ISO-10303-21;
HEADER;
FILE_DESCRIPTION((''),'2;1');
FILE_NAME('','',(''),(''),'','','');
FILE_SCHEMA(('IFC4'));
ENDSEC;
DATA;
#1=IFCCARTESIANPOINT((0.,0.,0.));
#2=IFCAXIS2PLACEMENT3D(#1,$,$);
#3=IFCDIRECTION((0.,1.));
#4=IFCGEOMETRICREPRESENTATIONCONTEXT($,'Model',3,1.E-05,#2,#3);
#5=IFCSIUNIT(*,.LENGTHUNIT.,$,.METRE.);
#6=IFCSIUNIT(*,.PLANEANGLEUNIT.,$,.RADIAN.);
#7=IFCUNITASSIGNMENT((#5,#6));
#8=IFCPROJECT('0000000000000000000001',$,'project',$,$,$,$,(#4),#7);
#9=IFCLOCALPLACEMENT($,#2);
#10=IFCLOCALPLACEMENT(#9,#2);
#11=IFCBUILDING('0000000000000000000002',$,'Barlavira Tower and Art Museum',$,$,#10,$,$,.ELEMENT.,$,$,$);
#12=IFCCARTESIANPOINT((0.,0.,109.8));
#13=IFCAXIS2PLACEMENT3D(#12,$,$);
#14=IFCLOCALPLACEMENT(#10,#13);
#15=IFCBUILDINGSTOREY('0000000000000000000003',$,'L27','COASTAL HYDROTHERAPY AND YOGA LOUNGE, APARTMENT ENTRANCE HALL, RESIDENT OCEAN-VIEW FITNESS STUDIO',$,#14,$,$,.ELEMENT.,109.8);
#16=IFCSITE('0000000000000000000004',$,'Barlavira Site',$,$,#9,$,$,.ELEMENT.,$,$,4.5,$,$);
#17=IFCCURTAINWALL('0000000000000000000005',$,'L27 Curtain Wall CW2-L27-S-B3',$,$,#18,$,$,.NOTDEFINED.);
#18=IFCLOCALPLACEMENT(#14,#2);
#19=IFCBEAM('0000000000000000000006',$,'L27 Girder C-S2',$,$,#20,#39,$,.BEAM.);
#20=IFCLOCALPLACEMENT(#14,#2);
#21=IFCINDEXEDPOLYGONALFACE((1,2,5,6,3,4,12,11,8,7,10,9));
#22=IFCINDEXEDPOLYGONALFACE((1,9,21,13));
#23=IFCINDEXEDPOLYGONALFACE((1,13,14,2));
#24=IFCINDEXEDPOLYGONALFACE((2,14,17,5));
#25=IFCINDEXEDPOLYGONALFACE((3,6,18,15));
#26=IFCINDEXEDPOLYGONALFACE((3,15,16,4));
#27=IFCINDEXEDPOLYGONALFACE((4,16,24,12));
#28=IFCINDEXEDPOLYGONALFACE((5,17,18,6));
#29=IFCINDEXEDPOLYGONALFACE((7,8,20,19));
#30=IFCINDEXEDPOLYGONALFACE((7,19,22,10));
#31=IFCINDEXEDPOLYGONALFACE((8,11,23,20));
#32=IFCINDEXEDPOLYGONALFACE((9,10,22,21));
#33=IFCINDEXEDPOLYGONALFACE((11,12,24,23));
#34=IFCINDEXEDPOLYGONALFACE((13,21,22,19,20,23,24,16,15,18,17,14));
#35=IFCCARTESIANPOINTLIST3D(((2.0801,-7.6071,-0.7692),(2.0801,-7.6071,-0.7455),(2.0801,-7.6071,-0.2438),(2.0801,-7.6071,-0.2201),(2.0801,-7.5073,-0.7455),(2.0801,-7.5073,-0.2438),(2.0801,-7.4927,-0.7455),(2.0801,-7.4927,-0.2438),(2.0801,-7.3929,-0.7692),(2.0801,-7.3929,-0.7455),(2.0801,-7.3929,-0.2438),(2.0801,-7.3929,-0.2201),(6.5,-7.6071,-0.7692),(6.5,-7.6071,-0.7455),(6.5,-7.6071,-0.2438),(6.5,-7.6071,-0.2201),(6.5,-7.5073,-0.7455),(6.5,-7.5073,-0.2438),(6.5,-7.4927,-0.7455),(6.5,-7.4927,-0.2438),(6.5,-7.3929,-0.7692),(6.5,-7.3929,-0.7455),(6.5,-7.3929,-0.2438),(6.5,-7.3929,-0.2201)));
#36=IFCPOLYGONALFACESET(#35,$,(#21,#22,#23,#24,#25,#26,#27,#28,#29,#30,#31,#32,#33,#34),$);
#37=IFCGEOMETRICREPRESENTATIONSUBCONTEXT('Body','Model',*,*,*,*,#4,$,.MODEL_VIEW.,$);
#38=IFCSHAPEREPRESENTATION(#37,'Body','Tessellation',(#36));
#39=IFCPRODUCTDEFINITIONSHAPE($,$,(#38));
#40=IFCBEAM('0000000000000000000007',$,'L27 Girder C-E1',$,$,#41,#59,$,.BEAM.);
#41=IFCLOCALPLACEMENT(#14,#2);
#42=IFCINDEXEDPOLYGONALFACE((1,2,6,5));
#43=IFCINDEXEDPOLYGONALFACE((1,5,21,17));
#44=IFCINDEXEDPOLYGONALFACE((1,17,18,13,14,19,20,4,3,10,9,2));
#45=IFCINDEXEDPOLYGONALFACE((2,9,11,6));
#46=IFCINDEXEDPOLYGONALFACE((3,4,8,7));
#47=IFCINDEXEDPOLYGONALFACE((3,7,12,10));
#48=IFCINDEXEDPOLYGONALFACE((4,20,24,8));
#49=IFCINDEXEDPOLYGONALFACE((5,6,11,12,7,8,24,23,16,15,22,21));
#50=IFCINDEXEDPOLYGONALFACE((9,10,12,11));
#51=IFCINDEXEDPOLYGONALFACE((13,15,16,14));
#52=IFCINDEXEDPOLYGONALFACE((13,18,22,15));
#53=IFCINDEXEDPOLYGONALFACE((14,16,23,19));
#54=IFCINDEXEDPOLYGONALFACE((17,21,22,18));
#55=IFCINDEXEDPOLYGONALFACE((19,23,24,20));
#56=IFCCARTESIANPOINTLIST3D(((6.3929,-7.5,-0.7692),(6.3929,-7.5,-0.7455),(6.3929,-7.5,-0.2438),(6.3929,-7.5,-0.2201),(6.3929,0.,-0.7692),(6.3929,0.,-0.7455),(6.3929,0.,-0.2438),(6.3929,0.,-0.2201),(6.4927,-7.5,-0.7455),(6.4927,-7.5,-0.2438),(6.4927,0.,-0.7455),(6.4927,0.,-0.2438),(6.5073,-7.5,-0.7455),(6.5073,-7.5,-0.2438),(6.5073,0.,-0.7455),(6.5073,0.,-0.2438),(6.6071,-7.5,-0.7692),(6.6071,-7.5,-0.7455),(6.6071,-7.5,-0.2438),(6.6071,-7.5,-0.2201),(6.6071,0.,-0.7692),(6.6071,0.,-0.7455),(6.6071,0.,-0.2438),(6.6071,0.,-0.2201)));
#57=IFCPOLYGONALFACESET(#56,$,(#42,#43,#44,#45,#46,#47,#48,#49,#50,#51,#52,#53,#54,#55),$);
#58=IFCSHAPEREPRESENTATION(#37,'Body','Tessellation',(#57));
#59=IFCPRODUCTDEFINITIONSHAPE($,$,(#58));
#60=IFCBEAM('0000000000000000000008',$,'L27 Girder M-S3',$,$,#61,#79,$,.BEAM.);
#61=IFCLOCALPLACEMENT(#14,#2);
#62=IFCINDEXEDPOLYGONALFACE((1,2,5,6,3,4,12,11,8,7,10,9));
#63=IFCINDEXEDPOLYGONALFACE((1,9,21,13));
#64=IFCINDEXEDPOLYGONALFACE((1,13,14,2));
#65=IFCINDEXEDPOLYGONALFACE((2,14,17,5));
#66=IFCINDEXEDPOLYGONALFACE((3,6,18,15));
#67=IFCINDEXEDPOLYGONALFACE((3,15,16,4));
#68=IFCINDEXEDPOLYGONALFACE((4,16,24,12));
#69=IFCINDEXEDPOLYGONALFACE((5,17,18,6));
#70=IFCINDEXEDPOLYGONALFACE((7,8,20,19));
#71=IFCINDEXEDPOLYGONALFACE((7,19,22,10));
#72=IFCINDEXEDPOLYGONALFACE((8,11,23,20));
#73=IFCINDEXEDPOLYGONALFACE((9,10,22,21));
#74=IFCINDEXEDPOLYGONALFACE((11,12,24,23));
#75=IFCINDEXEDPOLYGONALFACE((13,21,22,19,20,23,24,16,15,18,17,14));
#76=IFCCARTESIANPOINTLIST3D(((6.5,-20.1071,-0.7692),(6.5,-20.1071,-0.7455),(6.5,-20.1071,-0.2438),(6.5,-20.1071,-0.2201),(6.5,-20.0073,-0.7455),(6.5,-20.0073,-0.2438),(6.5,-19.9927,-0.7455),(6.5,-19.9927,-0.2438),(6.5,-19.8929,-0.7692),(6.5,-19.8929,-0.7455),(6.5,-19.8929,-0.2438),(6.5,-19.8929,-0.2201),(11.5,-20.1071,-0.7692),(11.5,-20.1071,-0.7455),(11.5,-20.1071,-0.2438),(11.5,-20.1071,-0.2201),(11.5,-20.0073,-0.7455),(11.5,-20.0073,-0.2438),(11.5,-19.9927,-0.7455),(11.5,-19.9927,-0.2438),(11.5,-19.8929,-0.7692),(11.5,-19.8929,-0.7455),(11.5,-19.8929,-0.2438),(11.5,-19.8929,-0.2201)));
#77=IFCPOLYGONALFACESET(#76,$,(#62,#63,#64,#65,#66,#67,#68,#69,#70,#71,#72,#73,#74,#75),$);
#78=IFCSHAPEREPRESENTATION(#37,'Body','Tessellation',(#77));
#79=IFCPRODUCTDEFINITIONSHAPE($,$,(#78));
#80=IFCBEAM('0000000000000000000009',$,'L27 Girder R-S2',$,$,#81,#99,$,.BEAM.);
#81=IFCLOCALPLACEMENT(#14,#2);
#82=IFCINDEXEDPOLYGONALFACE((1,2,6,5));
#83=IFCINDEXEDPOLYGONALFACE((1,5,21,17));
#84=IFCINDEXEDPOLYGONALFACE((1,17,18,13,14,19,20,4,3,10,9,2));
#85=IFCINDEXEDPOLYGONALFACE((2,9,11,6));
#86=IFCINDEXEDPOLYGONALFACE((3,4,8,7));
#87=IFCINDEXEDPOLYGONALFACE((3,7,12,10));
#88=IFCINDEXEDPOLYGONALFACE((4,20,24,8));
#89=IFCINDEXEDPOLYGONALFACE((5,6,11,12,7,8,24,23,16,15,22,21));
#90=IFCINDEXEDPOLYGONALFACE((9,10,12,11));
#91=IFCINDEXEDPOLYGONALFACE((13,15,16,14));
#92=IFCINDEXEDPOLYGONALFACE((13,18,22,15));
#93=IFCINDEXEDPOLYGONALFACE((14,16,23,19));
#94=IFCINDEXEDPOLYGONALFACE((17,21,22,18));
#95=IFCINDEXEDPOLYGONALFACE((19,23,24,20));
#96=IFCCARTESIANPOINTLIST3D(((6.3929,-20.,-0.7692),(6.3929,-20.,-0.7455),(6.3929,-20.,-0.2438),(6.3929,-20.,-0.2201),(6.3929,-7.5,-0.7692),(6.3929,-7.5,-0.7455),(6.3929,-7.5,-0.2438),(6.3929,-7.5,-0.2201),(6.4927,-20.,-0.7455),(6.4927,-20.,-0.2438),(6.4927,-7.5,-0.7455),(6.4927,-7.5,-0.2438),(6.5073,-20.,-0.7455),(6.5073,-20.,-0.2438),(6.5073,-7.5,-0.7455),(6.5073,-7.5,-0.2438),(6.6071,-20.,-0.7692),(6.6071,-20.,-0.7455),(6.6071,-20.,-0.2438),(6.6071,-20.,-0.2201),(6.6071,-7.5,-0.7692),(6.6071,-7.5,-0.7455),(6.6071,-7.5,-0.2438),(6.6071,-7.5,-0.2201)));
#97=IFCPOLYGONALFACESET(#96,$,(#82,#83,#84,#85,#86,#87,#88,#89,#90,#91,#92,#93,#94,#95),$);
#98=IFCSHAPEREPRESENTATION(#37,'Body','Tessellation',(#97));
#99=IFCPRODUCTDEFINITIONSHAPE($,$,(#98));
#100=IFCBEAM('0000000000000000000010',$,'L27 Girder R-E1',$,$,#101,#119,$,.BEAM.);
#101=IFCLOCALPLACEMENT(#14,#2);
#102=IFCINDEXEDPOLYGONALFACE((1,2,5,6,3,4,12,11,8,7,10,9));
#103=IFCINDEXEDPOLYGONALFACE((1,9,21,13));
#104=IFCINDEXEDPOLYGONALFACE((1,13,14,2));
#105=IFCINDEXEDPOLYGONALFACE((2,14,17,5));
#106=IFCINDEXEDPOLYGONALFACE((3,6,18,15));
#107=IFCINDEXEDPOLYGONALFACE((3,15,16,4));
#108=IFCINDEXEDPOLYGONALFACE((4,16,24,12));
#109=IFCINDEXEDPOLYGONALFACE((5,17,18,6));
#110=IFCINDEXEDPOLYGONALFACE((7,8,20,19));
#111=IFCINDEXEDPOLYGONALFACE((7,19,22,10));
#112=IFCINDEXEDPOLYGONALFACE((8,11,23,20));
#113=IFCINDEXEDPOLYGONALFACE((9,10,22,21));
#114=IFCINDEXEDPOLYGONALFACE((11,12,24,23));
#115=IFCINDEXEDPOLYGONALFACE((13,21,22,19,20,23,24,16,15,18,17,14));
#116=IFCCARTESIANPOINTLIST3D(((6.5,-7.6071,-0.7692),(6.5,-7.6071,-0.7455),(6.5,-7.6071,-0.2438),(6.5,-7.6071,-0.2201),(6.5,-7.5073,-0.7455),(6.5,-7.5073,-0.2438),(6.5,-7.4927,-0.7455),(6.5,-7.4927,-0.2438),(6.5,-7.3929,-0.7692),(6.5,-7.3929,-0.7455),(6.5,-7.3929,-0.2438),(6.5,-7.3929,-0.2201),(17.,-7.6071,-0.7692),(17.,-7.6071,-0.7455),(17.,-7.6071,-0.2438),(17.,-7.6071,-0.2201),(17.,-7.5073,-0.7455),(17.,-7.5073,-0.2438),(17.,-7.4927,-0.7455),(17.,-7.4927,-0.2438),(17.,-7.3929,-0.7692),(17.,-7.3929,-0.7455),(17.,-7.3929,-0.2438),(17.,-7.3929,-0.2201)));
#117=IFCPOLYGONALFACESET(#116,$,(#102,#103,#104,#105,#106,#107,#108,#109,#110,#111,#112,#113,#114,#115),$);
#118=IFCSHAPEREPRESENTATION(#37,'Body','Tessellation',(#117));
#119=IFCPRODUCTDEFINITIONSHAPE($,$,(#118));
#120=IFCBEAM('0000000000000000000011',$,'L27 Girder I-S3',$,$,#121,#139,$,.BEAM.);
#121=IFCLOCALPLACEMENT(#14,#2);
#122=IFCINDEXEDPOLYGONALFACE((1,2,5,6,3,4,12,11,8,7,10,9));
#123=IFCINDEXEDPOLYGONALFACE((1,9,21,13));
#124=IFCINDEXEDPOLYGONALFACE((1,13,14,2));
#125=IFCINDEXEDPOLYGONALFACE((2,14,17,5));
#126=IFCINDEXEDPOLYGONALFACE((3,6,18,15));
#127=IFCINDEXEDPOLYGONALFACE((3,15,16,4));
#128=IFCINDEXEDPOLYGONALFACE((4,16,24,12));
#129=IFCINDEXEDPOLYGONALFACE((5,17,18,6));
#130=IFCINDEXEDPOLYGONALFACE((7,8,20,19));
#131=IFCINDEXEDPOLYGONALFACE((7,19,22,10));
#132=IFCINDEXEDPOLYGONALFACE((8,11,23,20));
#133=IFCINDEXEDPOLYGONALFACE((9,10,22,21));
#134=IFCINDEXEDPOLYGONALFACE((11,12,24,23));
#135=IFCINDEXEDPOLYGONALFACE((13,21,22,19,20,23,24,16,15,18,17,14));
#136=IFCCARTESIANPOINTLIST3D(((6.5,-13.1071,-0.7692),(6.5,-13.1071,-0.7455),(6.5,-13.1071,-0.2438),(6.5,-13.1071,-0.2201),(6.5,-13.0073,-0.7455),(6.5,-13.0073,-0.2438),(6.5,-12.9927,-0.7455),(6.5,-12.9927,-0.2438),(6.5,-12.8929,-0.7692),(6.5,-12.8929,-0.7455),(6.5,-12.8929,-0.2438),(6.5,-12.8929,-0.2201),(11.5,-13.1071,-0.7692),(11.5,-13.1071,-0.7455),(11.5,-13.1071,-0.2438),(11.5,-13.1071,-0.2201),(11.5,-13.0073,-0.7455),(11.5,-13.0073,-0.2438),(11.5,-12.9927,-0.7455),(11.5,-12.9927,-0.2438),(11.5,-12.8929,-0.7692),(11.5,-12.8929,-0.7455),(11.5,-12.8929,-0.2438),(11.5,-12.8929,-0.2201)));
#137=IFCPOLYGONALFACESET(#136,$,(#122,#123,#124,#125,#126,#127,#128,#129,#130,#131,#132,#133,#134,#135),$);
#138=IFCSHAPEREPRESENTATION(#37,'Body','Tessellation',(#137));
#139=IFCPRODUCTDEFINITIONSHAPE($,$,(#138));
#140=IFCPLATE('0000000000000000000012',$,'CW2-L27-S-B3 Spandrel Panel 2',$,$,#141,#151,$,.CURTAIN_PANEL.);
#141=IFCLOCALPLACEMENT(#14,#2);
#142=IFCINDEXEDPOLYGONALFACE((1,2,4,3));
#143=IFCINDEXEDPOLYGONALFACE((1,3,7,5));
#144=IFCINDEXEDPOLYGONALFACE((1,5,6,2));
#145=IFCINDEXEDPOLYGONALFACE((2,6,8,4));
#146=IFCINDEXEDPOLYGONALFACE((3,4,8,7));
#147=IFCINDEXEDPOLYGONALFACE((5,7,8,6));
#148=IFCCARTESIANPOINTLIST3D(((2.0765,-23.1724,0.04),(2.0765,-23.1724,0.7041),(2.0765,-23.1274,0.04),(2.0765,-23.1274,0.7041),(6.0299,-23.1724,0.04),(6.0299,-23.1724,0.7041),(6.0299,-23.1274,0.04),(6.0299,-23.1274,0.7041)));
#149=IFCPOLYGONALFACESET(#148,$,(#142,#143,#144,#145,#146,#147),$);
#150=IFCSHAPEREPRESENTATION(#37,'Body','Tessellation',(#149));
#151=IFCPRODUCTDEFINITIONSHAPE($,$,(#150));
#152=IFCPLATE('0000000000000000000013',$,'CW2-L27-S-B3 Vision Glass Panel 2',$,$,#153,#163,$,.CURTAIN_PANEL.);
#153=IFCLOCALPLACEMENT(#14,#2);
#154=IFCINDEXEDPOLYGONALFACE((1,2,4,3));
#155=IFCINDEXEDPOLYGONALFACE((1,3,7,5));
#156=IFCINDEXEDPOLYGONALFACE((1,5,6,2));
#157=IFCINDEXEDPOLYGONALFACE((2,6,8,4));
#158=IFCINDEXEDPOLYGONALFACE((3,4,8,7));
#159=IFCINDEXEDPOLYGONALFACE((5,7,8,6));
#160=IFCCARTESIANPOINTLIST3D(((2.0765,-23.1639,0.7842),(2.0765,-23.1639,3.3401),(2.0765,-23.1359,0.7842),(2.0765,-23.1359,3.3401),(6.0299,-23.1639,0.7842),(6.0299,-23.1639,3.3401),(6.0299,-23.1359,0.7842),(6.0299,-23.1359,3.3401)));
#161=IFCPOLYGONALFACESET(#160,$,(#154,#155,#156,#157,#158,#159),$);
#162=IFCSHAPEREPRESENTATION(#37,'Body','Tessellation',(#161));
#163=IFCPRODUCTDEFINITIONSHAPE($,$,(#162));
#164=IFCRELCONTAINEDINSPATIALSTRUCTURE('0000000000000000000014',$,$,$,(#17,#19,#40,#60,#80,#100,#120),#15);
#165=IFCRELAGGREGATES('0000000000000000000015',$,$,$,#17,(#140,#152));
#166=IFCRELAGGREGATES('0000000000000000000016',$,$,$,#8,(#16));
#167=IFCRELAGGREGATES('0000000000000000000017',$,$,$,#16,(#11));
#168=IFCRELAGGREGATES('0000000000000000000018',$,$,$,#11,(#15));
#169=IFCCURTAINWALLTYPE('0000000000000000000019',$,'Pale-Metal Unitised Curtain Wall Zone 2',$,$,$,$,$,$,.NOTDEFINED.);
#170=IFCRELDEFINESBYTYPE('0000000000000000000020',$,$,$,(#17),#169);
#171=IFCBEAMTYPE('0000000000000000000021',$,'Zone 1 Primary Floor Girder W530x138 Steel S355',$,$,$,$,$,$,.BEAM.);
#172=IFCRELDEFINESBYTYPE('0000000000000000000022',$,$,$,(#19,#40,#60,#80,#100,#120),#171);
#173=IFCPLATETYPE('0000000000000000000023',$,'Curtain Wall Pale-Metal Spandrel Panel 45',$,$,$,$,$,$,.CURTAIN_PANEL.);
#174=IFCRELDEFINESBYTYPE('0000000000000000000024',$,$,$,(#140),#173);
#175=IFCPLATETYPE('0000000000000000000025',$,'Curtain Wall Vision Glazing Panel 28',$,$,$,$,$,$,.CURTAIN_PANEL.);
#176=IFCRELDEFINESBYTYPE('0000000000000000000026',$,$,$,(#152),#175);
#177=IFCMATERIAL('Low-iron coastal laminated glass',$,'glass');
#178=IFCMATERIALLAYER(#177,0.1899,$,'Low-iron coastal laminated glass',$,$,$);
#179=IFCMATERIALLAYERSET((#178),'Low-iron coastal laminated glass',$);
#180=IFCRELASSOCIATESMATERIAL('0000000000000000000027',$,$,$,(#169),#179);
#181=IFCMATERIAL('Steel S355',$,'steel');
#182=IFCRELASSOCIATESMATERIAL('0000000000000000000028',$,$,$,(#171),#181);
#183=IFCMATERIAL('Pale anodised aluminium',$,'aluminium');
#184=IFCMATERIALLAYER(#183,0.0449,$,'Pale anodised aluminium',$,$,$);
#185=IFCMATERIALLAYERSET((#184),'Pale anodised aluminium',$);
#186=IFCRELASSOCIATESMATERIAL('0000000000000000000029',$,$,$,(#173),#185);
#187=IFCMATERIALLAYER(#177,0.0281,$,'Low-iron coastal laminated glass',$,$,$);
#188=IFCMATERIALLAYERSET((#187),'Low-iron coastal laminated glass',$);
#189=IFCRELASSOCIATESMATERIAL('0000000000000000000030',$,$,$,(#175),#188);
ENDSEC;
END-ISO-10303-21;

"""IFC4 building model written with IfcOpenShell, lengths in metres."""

from ifc_helpers import new_model, si_unit, direction, frame, origin, origin_2d, place, context, subcontext, project, spatial, rectangle, i_section, extrude, material, layer, layer_set, material_profile, profile_set, type_object, element, aggregate, save


model = new_model("IFC4")

# Units and contexts
model_context = context("Model", 3, precision=1e-05, world=origin(), true_north=direction((0.0, 1.0)))
body_context = subcontext(model_context, "Body", "Model", "MODEL_VIEW")
ifc_project = project(units=[si_unit("LENGTHUNIT", "METRE"), si_unit("PLANEANGLEUNIT", "RADIAN")], contexts=[model_context])

# Site, building, storey
site_placement = place(None, origin())
site = spatial("IfcSite", under=ifc_project, at=site_placement, Name="Barlavira Site", CompositionType="ELEMENT", RefElevation=4.5)
building_placement = place(site_placement, origin())
building = spatial("IfcBuilding", under=site, at=building_placement, Name="Barlavira Tower and Art Museum", CompositionType="ELEMENT")
storey_placement = place(building_placement, frame((0.0, 0.0, 109.8)))
storey = spatial("IfcBuildingStorey", under=building, at=storey_placement, Name="L27", Description="COASTAL HYDROTHERAPY AND YOGA LOUNGE, APARTMENT ENTRANCE HALL, RESIDENT OCEAN-VIEW FITNESS STUDIO", CompositionType="ELEMENT", Elevation=109.8)

# Shared definitions
ifc_material_1 = material(Name="Steel S355", Category="steel")

# Curtain wall
ifc_material_2 = material(Name="Low-iron coastal laminated glass", Category="glass")
ifc_layer_1 = layer(ifc_material_2, 0.1899, Name="Low-iron coastal laminated glass")
ifc_layer_set_1 = layer_set([ifc_layer_1], Name="Low-iron coastal laminated glass")
curtain_wall_type = type_object("IfcCurtainWallType", Name="Pale-Metal Unitised Curtain Wall Zone 2", PredefinedType="NOTDEFINED", material=ifc_layer_set_1)
curtain_wall_placement = place(storey_placement, origin())
curtain_wall = element("IfcCurtainWall", 1, at=curtain_wall_placement, inside=storey, type_object=curtain_wall_type, Name="L27 Curtain Wall CW2-L27-S-B3", PredefinedType="NOTDEFINED")
ifc_material_3 = material(Name="Pale anodised aluminium", Category="aluminium")

# Beams
ifc_material_profile_1 = material_profile(ifc_material_1, i_section(OverallWidth=0.2141, OverallDepth=0.5491, WebThickness=0.0146, FlangeThickness=0.0237, at=origin_2d()), Name="W530x138.0")
ifc_profile_set_1 = profile_set([ifc_material_profile_1], Name="Steel S355")
beam_type_1 = type_object("IfcBeamType", Name="Zone 1 Primary Floor Girder W530x138 Steel S355", PredefinedType="BEAM", material=ifc_profile_set_1)
beam_1_placement = place(storey_placement, frame((2.0801, -7.5, -0.4946), z_axis=(1.0, 0.0, 0.0), x_axis=(0.0, 1.0, 0.0)))
element("IfcBeam", 2, at=beam_1_placement, inside=storey, type_object=beam_type_1, Name="L27 Girder C-S2", PredefinedType="BEAM", context=body_context, shape_type="SweptSolid", body=[
    extrude(i_section(OverallWidth=0.2141, OverallDepth=0.5491, WebThickness=0.0146, FlangeThickness=0.0237, at=origin_2d()), origin(), (0.0, 0.0, 1.0), 4.4199),
])
beam_2_placement = place(storey_placement, frame((6.5, -7.5, -0.4946), z_axis=(0.0, 1.0, 0.0), x_axis=(-1.0, 0.0, 0.0)))
element("IfcBeam", 3, at=beam_2_placement, inside=storey, type_object=beam_type_1, Name="L27 Girder C-E1", PredefinedType="BEAM", context=body_context, shape_type="SweptSolid", body=[
    extrude(i_section(OverallWidth=0.2141, OverallDepth=0.5491, WebThickness=0.0146, FlangeThickness=0.0237, at=origin_2d()), origin(), (0.0, 0.0, 1.0), 7.5),
])
beam_3_placement = place(storey_placement, frame((6.5, -20.0, -0.4946), z_axis=(1.0, 0.0, 0.0), x_axis=(0.0, 1.0, 0.0)))
element("IfcBeam", 4, at=beam_3_placement, inside=storey, type_object=beam_type_1, Name="L27 Girder M-S3", PredefinedType="BEAM", context=body_context, shape_type="SweptSolid", body=[
    extrude(i_section(OverallWidth=0.2141, OverallDepth=0.5491, WebThickness=0.0146, FlangeThickness=0.0237, at=origin_2d()), origin(), (0.0, 0.0, 1.0), 5.0),
])
beam_4_placement = place(storey_placement, frame((6.5, -20.0, -0.4946), z_axis=(0.0, 1.0, 0.0), x_axis=(-1.0, 0.0, 0.0)))
element("IfcBeam", 5, at=beam_4_placement, inside=storey, type_object=beam_type_1, Name="L27 Girder R-S2", PredefinedType="BEAM", context=body_context, shape_type="SweptSolid", body=[
    extrude(i_section(OverallWidth=0.2141, OverallDepth=0.5491, WebThickness=0.0146, FlangeThickness=0.0237, at=origin_2d()), origin(), (0.0, 0.0, 1.0), 12.5),
])
beam_5_placement = place(storey_placement, frame((6.5, -7.5, -0.4946), z_axis=(1.0, 0.0, 0.0), x_axis=(0.0, 1.0, 0.0)))
element("IfcBeam", 6, at=beam_5_placement, inside=storey, type_object=beam_type_1, Name="L27 Girder R-E1", PredefinedType="BEAM", context=body_context, shape_type="SweptSolid", body=[
    extrude(i_section(OverallWidth=0.2141, OverallDepth=0.5491, WebThickness=0.0146, FlangeThickness=0.0237, at=origin_2d()), origin(), (0.0, 0.0, 1.0), 10.5),
])
beam_6_placement = place(storey_placement, frame((6.5, -13.0, -0.4946), z_axis=(1.0, 0.0, 0.0), x_axis=(0.0, 1.0, 0.0)))
element("IfcBeam", 7, at=beam_6_placement, inside=storey, type_object=beam_type_1, Name="L27 Girder I-S3", PredefinedType="BEAM", context=body_context, shape_type="SweptSolid", body=[
    extrude(i_section(OverallWidth=0.2141, OverallDepth=0.5491, WebThickness=0.0146, FlangeThickness=0.0237, at=origin_2d()), origin(), (0.0, 0.0, 1.0), 5.0),
])

# Plates
ifc_layer_2 = layer(ifc_material_3, 0.0449, Name="Pale anodised aluminium")
ifc_layer_set_2 = layer_set([ifc_layer_2], Name="Pale anodised aluminium")
plate_type_1 = type_object("IfcPlateType", Name="Curtain Wall Pale-Metal Spandrel Panel 45", PredefinedType="CURTAIN_PANEL", material=ifc_layer_set_2)
plate_1_placement = place(storey_placement, frame((4.0532, -23.1499, 0.04), z_axis=(0.0, 0.0, 1.0), x_axis=(1.0, 0.0, 0.0)))
plate_1 = element("IfcPlate", 8, at=plate_1_placement, type_object=plate_type_1, Name="CW2-L27-S-B3 Spandrel Panel 2", PredefinedType="CURTAIN_PANEL", context=body_context, shape_type="SweptSolid", body=[
    extrude(rectangle(XDim=3.9534, YDim=0.0449, at=origin_2d()), origin(), (0.0, 0.0, 1.0), 0.6641),
])
ifc_layer_3 = layer(ifc_material_2, 0.0281, Name="Low-iron coastal laminated glass")
ifc_layer_set_3 = layer_set([ifc_layer_3], Name="Low-iron coastal laminated glass")
plate_type_2 = type_object("IfcPlateType", Name="Curtain Wall Vision Glazing Panel 28", PredefinedType="CURTAIN_PANEL", material=ifc_layer_set_3)
plate_2_placement = place(storey_placement, frame((4.0532, -23.1499, 0.7842), z_axis=(0.0, 0.0, 1.0), x_axis=(1.0, 0.0, 0.0)))
plate_2 = element("IfcPlate", 9, at=plate_2_placement, type_object=plate_type_2, Name="CW2-L27-S-B3 Vision Glass Panel 2", PredefinedType="CURTAIN_PANEL", context=body_context, shape_type="SweptSolid", body=[
    extrude(rectangle(XDim=3.9534, YDim=0.0281, at=origin_2d()), origin(), (0.0, 0.0, 1.0), 2.5559),
])
aggregate(curtain_wall, [plate_1, plate_2])

save(model, "model.ifc")
